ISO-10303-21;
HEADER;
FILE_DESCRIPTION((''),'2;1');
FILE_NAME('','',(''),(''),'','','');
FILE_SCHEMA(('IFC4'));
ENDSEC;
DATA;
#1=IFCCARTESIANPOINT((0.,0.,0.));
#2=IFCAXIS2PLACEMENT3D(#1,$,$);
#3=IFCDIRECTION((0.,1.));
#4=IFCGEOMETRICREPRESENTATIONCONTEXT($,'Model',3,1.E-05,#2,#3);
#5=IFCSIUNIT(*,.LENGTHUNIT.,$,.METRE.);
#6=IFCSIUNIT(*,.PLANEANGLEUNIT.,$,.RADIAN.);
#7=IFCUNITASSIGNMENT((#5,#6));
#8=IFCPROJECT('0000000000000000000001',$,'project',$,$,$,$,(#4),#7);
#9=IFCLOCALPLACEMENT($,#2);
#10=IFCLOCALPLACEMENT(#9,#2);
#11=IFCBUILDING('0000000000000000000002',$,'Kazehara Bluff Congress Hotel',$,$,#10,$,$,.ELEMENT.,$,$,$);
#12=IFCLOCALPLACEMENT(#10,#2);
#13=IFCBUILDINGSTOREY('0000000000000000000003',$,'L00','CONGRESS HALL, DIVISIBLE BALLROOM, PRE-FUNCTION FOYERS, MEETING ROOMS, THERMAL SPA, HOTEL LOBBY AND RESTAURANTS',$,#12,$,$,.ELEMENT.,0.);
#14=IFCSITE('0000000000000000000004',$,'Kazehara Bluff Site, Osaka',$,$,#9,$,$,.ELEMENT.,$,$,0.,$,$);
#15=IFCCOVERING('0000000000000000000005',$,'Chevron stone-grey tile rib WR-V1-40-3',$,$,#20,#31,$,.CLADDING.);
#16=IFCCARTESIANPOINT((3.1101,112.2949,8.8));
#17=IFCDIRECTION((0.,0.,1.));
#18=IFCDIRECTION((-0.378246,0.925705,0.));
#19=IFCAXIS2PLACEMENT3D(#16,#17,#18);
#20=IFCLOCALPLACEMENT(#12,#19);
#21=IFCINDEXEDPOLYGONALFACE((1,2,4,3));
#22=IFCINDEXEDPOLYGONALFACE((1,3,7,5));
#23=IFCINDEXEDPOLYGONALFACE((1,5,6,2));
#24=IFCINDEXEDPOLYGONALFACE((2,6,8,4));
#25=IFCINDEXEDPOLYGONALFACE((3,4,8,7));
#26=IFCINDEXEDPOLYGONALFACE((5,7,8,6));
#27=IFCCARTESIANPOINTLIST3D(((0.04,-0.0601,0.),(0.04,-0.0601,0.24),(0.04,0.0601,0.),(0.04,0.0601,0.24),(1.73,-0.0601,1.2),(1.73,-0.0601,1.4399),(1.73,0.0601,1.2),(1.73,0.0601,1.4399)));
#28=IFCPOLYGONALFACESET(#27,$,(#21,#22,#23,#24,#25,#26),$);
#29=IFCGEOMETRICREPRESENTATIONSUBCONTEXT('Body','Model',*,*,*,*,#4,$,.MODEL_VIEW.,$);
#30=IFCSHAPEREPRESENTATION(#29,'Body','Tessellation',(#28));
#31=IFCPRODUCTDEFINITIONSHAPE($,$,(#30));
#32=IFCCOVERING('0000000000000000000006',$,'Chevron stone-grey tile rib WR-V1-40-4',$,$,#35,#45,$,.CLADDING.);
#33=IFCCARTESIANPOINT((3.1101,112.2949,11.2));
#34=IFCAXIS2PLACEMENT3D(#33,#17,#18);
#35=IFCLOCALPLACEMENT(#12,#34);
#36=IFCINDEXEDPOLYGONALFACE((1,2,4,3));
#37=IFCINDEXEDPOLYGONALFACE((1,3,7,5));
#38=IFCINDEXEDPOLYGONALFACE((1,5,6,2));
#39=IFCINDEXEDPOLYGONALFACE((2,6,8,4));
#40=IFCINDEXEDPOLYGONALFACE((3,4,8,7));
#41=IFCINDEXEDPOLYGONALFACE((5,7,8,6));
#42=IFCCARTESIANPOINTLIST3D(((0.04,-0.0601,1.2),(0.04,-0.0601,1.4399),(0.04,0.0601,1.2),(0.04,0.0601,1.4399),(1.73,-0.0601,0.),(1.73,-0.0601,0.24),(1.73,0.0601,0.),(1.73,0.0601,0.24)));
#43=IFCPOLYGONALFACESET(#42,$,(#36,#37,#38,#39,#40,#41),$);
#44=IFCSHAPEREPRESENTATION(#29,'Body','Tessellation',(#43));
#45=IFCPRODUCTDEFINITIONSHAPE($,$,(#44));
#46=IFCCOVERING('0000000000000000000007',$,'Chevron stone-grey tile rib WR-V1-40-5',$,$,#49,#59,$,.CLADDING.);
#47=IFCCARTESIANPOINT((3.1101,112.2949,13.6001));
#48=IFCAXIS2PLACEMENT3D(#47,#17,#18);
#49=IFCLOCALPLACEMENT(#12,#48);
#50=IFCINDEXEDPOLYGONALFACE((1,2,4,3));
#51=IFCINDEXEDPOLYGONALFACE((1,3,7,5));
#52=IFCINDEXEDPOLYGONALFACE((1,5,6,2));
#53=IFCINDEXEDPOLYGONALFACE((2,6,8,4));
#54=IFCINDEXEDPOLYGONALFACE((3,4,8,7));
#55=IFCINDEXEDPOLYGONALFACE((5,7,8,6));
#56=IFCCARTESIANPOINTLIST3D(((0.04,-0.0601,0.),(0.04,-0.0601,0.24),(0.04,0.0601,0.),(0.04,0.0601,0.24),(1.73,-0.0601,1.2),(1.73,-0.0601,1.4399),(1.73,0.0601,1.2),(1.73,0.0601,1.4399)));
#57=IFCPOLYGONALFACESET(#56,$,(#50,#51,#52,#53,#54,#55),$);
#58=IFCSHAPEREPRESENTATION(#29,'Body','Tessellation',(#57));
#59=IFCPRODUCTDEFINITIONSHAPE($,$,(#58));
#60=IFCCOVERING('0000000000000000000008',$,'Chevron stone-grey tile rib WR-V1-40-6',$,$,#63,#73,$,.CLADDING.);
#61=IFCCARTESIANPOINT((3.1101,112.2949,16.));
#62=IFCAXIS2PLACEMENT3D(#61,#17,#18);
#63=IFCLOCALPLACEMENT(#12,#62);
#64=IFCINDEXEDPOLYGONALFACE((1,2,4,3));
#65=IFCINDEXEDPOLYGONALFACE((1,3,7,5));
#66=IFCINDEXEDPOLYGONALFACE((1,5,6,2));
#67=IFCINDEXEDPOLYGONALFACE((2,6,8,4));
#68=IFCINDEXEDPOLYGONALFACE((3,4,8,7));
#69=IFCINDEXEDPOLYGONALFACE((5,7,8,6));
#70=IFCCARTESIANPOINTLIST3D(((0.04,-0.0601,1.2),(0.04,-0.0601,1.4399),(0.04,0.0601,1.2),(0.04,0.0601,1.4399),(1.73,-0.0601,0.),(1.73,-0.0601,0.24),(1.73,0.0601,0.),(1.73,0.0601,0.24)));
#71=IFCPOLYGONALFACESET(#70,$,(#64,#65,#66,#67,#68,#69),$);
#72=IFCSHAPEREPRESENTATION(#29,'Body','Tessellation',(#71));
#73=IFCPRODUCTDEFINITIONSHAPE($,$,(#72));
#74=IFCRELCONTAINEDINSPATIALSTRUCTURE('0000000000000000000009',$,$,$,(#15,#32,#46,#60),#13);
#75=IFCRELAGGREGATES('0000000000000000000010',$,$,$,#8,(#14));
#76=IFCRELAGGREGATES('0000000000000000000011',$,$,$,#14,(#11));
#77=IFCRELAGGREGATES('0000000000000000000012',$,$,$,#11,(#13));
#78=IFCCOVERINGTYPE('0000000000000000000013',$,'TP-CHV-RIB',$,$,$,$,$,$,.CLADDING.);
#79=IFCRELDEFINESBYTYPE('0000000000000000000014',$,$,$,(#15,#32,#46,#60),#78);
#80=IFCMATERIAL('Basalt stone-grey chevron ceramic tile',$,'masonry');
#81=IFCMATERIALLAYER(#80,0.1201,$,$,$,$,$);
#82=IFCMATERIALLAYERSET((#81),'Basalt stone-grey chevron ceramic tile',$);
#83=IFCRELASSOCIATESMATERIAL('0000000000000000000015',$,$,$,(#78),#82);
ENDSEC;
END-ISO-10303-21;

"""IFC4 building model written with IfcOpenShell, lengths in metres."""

from ifc_helpers import new_model, si_unit, direction, frame, origin, place, context, subcontext, project, spatial, polyline, outline, extrude, material, layer, layer_set, type_object, element, save


model = new_model("IFC4")

# Units and contexts
model_context = context("Model", 3, precision=1e-05, world=origin(), true_north=direction((0.0, 1.0)))
body_context = subcontext(model_context, "Body", "Model", "MODEL_VIEW")
ifc_project = project(units=[si_unit("LENGTHUNIT", "METRE"), si_unit("PLANEANGLEUNIT", "RADIAN")], contexts=[model_context])

# Site, building, storey
site_placement = place(None, origin())
site = spatial("IfcSite", under=ifc_project, at=site_placement, Name="Kazehara Bluff Site, Osaka", CompositionType="ELEMENT", RefElevation=0.0)
building_placement = place(site_placement, origin())
building = spatial("IfcBuilding", under=site, at=building_placement, Name="Kazehara Bluff Congress Hotel", CompositionType="ELEMENT")
storey_placement = place(building_placement, origin())
storey = spatial("IfcBuildingStorey", under=building, at=storey_placement, Name="L00", Description="CONGRESS HALL, DIVISIBLE BALLROOM, PRE-FUNCTION FOYERS, MEETING ROOMS, THERMAL SPA, HOTEL LOBBY AND RESTAURANTS", CompositionType="ELEMENT", Elevation=0.0)

# Coverings
ifc_material = material(Name="Basalt stone-grey chevron ceramic tile", Category="masonry")
ifc_layer = layer(ifc_material, 0.1201)
ifc_layer_set = layer_set([ifc_layer], Name="Basalt stone-grey chevron ceramic tile")
covering_type = type_object("IfcCoveringType", Name="TP-CHV-RIB", PredefinedType="CLADDING", material=ifc_layer_set)
covering_1_placement = place(storey_placement, frame((3.1101, 112.2949, 8.8), z_axis=(0.0, 0.0, 1.0), x_axis=(-0.378246, 0.925705, 0.0)))
element("IfcCovering", 1, at=covering_1_placement, inside=storey, type_object=covering_type, Name="Chevron stone-grey tile rib WR-V1-40-3", PredefinedType="CLADDING", context=body_context, shape_type="SweptSolid", body=[
    extrude(outline(polyline([(0.04, 0.0), (1.73, 1.2), (1.73, 1.4399), (0.04, 0.24), (0.04, 0.0)])), frame((0.0, 0.0601, 0.0), z_axis=(0.0, -1.0, 0.0), x_axis=(1.0, 0.0, 0.0)), (0.0, 0.0, 1.0), 0.1201),
])
covering_2_placement = place(storey_placement, frame((3.1101, 112.2949, 11.2), z_axis=(0.0, 0.0, 1.0), x_axis=(-0.378246, 0.925705, 0.0)))
element("IfcCovering", 2, at=covering_2_placement, inside=storey, type_object=covering_type, Name="Chevron stone-grey tile rib WR-V1-40-4", PredefinedType="CLADDING", context=body_context, shape_type="SweptSolid", body=[
    extrude(outline(polyline([(0.04, 1.2), (1.73, 0.0), (1.73, 0.24), (0.04, 1.4399), (0.04, 1.2)])), frame((0.0, 0.0601, 0.0), z_axis=(0.0, -1.0, 0.0), x_axis=(1.0, 0.0, 0.0)), (0.0, 0.0, 1.0), 0.1201),
])
covering_3_placement = place(storey_placement, frame((3.1101, 112.2949, 13.6001), z_axis=(0.0, 0.0, 1.0), x_axis=(-0.378246, 0.925705, 0.0)))
element("IfcCovering", 3, at=covering_3_placement, inside=storey, type_object=covering_type, Name="Chevron stone-grey tile rib WR-V1-40-5", PredefinedType="CLADDING", context=body_context, shape_type="SweptSolid", body=[
    extrude(outline(polyline([(0.04, 0.0), (1.73, 1.2), (1.73, 1.4399), (0.04, 0.24), (0.04, 0.0)])), frame((0.0, 0.0601, 0.0), z_axis=(0.0, -1.0, 0.0), x_axis=(1.0, 0.0, 0.0)), (0.0, 0.0, 1.0), 0.1201),
])
covering_4_placement = place(storey_placement, frame((3.1101, 112.2949, 16.0), z_axis=(0.0, 0.0, 1.0), x_axis=(-0.378246, 0.925705, 0.0)))
element("IfcCovering", 4, at=covering_4_placement, inside=storey, type_object=covering_type, Name="Chevron stone-grey tile rib WR-V1-40-6", PredefinedType="CLADDING", context=body_context, shape_type="SweptSolid", body=[
    extrude(outline(polyline([(0.04, 1.2), (1.73, 0.0), (1.73, 0.24), (0.04, 1.4399), (0.04, 1.2)])), frame((0.0, 0.0601, 0.0), z_axis=(0.0, -1.0, 0.0), x_axis=(1.0, 0.0, 0.0)), (0.0, 0.0, 1.0), 0.1201),
])

save(model, "model.ifc")
